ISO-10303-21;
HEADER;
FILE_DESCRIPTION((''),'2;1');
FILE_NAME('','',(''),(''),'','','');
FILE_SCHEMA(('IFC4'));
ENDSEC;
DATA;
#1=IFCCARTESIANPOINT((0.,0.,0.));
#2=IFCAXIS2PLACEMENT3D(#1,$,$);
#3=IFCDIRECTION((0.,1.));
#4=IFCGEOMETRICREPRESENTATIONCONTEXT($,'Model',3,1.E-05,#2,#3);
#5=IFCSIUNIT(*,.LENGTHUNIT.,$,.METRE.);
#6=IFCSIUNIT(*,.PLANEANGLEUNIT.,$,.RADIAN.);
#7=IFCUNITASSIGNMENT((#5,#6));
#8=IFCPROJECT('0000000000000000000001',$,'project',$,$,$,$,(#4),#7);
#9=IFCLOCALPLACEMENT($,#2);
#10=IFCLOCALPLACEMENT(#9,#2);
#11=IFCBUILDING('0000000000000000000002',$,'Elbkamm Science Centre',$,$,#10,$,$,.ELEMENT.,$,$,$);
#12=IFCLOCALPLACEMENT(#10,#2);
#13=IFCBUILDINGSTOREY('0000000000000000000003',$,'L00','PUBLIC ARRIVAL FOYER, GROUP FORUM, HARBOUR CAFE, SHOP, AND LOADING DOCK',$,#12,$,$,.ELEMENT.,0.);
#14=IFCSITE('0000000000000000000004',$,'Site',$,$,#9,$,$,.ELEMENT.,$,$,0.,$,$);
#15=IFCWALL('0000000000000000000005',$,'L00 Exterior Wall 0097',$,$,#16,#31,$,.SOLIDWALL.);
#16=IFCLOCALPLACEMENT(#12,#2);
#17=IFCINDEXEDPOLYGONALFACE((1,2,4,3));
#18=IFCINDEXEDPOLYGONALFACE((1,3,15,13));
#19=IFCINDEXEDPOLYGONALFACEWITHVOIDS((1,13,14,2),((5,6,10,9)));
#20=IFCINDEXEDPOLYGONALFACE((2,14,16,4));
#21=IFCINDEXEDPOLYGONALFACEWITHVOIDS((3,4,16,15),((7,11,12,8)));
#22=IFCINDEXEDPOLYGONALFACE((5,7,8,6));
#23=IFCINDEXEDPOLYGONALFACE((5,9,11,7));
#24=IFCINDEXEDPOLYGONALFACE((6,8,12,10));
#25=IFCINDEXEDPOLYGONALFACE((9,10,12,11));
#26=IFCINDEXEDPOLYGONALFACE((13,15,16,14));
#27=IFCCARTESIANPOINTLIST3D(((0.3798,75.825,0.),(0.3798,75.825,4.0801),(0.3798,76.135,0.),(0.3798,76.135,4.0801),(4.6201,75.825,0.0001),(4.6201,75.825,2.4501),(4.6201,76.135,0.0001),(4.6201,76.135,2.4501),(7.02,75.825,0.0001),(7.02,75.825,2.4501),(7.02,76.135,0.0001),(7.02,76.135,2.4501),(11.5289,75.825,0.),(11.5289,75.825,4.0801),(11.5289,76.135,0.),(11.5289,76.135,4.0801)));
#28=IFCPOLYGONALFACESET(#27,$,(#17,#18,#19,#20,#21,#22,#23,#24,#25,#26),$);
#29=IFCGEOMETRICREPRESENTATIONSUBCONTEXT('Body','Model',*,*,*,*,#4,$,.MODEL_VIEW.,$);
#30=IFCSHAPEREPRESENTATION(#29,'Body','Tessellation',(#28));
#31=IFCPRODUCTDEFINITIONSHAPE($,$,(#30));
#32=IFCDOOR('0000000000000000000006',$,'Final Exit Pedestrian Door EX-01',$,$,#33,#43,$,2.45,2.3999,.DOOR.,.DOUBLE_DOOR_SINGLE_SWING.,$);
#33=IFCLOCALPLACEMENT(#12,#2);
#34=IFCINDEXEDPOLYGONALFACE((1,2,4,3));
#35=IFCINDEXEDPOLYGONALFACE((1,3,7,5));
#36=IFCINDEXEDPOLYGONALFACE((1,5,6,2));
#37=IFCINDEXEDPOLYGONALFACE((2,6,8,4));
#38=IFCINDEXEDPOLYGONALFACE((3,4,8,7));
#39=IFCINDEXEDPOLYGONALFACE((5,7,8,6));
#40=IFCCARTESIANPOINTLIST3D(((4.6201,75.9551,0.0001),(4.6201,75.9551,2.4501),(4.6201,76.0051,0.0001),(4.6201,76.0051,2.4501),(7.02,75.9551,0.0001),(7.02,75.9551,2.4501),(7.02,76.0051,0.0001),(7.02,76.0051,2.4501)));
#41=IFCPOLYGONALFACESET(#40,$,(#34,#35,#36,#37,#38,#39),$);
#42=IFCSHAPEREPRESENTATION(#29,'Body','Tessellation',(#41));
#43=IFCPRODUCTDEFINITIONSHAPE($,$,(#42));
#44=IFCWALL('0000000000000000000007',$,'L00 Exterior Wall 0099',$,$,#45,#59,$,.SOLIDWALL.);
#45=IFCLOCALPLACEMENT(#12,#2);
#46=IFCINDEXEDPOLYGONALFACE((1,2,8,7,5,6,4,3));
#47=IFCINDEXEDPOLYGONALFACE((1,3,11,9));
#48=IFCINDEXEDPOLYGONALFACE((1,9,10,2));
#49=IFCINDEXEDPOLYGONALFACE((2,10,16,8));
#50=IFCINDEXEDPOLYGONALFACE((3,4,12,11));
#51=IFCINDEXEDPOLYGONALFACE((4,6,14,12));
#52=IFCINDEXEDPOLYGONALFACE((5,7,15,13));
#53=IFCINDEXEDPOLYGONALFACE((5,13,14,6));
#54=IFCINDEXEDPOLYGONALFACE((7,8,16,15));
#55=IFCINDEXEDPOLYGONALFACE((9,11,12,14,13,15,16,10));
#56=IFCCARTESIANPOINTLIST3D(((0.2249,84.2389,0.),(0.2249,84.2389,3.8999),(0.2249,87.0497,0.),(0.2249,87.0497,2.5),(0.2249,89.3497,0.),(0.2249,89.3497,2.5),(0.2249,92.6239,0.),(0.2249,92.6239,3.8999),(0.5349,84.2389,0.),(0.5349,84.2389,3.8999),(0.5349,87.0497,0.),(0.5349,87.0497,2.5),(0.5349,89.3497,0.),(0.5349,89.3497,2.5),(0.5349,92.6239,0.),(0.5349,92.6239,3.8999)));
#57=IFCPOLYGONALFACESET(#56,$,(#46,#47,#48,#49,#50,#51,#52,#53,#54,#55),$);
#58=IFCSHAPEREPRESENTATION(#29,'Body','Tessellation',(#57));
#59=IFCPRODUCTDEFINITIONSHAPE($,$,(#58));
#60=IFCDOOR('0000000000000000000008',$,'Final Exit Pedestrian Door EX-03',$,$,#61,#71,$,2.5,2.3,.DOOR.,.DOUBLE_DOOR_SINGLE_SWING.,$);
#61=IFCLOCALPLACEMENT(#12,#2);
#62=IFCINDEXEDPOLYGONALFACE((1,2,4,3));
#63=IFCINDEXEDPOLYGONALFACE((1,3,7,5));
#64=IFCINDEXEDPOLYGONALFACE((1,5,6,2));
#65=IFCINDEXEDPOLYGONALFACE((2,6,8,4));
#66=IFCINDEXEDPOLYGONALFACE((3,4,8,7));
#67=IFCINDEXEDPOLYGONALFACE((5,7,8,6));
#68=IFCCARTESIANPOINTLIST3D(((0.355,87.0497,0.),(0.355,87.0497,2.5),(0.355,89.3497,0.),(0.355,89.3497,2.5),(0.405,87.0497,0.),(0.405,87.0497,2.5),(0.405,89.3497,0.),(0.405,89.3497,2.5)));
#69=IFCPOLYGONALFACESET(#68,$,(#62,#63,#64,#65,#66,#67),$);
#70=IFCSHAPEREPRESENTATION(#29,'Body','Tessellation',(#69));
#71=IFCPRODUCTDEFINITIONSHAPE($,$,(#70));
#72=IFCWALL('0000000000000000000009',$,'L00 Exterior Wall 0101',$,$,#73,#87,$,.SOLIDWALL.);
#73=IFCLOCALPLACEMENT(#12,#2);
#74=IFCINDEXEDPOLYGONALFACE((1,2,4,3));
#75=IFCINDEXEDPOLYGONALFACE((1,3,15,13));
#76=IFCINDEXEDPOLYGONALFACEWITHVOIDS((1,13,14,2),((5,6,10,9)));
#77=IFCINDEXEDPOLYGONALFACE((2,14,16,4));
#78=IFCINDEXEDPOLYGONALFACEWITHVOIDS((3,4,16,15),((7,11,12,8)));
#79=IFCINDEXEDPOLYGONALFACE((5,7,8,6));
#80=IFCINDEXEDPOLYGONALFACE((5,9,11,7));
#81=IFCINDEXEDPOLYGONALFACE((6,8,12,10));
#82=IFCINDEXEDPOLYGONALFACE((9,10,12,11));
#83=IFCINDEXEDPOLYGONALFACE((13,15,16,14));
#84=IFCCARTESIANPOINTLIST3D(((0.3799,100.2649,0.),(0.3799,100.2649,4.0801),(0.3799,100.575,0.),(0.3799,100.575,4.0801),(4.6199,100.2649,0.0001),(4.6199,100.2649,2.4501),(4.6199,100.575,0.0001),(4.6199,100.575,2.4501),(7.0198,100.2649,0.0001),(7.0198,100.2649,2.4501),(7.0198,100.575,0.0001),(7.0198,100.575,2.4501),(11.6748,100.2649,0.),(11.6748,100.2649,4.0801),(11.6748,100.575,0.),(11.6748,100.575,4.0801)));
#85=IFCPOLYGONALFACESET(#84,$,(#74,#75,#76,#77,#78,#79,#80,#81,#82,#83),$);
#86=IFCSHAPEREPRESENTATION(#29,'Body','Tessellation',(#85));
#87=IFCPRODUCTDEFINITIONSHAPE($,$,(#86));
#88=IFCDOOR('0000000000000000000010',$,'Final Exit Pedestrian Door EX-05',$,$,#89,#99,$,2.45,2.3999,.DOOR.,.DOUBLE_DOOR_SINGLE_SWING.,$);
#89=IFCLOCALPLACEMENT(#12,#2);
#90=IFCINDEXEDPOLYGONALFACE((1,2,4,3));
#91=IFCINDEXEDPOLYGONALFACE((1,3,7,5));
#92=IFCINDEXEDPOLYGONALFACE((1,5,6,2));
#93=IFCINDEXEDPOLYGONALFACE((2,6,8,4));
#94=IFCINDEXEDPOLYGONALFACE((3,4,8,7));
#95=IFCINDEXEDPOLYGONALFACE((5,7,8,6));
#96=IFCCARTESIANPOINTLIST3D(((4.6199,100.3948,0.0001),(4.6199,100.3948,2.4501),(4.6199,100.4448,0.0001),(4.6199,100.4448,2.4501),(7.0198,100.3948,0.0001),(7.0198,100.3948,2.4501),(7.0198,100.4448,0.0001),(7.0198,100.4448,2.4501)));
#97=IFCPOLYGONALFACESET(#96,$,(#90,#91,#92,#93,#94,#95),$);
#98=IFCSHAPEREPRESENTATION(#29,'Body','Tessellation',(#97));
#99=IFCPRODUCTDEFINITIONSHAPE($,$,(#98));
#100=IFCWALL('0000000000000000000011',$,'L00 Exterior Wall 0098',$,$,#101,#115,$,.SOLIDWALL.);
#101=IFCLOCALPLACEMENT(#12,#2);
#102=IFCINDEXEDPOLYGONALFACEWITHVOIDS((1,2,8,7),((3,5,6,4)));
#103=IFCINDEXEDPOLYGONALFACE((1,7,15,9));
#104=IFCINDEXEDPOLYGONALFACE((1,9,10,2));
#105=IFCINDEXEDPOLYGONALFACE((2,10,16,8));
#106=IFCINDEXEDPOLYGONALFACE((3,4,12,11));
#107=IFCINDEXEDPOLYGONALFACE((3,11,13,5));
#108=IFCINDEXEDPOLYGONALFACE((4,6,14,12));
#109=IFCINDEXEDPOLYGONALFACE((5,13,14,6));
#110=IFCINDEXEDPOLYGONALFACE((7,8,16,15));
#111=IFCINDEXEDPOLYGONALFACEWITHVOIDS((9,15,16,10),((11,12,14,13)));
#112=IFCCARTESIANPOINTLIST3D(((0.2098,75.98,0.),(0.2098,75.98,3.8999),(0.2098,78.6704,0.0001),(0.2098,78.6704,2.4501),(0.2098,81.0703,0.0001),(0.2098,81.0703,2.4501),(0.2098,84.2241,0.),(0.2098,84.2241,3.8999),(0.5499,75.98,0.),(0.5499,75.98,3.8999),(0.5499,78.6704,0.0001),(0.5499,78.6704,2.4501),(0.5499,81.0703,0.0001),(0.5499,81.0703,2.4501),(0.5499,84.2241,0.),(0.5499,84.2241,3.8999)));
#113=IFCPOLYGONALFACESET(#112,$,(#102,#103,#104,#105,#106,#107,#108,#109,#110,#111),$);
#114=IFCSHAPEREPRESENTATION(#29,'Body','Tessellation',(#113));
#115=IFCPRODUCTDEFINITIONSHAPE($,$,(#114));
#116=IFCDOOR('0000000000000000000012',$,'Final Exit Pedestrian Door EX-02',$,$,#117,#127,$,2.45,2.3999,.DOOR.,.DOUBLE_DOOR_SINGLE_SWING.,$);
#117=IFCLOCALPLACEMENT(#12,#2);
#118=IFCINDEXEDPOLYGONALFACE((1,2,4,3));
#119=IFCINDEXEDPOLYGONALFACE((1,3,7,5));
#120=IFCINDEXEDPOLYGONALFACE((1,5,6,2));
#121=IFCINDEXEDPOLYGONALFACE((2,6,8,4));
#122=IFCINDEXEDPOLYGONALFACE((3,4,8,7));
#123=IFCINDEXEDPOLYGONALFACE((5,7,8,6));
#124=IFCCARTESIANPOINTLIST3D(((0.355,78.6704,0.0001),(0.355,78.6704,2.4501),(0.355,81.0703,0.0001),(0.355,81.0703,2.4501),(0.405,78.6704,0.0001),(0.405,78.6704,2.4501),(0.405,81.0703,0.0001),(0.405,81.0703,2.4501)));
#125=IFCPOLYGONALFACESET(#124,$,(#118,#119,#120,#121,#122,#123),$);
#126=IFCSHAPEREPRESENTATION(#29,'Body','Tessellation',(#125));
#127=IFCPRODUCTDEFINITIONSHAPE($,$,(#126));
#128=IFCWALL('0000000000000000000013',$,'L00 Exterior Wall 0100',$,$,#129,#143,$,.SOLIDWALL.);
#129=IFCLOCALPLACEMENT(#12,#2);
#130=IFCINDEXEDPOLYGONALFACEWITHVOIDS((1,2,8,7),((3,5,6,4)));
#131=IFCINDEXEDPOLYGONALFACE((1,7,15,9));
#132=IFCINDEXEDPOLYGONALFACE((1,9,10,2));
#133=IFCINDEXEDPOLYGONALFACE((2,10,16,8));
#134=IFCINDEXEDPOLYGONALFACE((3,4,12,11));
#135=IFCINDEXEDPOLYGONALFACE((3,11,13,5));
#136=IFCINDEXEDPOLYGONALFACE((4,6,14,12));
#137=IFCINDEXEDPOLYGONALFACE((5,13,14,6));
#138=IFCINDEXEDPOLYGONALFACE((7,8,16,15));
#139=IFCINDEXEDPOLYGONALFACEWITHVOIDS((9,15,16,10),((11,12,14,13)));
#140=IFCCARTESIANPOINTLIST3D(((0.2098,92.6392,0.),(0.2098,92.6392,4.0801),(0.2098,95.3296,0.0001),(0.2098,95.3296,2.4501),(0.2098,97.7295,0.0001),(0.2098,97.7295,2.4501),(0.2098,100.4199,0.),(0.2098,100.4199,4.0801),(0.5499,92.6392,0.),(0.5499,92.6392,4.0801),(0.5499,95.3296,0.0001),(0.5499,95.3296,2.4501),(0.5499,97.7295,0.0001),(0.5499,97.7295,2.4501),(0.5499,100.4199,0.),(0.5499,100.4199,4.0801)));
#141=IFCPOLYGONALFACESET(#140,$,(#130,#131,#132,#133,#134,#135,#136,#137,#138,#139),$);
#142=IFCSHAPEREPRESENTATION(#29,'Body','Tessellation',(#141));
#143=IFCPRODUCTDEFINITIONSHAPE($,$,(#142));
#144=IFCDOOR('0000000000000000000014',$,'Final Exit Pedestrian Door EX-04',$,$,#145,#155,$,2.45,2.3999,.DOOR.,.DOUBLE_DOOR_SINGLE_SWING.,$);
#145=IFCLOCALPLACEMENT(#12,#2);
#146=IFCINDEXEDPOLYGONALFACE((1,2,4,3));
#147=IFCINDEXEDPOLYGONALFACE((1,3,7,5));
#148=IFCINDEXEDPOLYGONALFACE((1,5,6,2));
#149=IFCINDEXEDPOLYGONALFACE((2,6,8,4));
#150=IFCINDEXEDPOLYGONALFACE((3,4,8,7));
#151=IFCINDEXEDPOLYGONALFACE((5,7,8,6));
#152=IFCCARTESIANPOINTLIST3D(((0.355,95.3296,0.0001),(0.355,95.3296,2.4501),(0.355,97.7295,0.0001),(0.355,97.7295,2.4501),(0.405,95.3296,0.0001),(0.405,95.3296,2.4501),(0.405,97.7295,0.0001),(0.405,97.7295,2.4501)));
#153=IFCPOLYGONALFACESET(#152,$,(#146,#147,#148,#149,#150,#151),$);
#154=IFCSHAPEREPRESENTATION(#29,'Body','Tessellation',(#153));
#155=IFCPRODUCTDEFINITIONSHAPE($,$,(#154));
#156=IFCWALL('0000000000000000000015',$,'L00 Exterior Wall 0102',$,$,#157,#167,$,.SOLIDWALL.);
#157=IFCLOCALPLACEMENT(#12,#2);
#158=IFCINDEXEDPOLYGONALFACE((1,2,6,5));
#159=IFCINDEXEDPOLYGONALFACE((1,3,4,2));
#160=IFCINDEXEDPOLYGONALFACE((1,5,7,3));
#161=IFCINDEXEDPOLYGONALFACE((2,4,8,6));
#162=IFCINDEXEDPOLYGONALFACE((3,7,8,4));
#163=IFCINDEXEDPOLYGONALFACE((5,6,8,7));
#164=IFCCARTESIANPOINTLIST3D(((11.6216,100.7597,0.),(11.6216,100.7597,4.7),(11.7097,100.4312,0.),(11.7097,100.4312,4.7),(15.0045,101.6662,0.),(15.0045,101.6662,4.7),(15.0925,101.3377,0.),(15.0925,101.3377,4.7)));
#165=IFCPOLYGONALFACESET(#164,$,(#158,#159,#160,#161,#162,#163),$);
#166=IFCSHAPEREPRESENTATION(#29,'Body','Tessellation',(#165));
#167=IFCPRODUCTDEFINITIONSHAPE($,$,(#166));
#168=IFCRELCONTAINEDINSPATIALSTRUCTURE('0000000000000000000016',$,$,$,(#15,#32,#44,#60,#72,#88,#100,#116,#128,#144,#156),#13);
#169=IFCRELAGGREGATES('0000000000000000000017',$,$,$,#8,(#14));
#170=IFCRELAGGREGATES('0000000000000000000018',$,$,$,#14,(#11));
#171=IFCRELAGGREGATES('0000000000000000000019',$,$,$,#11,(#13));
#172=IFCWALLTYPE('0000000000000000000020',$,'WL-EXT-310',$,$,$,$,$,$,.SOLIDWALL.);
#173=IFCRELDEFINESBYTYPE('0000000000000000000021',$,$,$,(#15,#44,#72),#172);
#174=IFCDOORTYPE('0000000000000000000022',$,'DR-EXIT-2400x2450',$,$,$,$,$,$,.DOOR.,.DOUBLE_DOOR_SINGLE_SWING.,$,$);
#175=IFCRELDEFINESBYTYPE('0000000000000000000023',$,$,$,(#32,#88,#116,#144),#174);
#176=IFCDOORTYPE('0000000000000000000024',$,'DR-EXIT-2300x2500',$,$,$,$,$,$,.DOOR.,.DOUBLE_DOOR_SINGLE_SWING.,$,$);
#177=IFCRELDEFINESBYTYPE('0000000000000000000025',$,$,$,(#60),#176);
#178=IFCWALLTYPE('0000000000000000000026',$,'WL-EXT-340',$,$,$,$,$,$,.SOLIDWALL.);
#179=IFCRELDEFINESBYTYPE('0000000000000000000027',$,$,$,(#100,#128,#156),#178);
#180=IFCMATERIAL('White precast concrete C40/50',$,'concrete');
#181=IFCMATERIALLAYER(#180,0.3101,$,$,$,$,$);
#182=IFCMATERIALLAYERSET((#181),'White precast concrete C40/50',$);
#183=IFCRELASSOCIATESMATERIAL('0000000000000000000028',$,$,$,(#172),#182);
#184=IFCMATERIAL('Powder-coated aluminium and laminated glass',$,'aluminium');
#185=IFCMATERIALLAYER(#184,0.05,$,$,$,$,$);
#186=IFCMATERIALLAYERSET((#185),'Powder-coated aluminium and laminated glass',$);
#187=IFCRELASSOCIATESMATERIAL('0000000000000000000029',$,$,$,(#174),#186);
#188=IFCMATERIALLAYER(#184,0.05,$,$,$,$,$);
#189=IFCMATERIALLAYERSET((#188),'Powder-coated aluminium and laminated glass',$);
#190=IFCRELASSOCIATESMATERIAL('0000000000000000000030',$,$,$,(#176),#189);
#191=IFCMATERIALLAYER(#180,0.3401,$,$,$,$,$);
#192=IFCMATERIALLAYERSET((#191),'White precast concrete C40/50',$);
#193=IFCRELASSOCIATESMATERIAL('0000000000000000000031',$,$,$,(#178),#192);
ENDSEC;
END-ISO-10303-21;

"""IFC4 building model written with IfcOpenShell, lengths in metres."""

from ifc_helpers import new_model, si_unit, direction, frame, frame_2d, origin, place, context, subcontext, project, spatial, rectangle, extrude, material, layer, layer_set, type_object, element, fill, save


model = new_model("IFC4")

# Units and contexts
model_context = context("Model", 3, precision=1e-05, world=origin(), true_north=direction((0.0, 1.0)))
body_context = subcontext(model_context, "Body", "Model", "MODEL_VIEW")
ifc_project = project(units=[si_unit("LENGTHUNIT", "METRE"), si_unit("PLANEANGLEUNIT", "RADIAN")], contexts=[model_context])

# Site, building, storey
site_placement = place(None, origin())
site = spatial("IfcSite", under=ifc_project, at=site_placement, Name="Site", CompositionType="ELEMENT", RefElevation=0.0)
building_placement = place(site_placement, origin())
building = spatial("IfcBuilding", under=site, at=building_placement, Name="Elbkamm Science Centre", CompositionType="ELEMENT")
storey_placement = place(building_placement, origin())
storey = spatial("IfcBuildingStorey", under=building, at=storey_placement, Name="L00", Description="PUBLIC ARRIVAL FOYER, GROUP FORUM, HARBOUR CAFE, SHOP, AND LOADING DOCK", CompositionType="ELEMENT", Elevation=0.0)

# Walls, openings, doors
ifc_material_1 = material(Name="White precast concrete C40/50", Category="concrete")
ifc_layer_1 = layer(ifc_material_1, 0.3101)
ifc_layer_set_1 = layer_set([ifc_layer_1], Name="White precast concrete C40/50")
wall_type_1 = type_object("IfcWallType", Name="WL-EXT-310", PredefinedType="SOLIDWALL", material=ifc_layer_set_1)
wall_1_placement = place(storey_placement, frame((11.5291, 75.98, 0.0), z_axis=(0.0, 0.0, 1.0), x_axis=(-1.0, 0.0, 0.0)))
wall_1 = element("IfcWall", 1, at=wall_1_placement, inside=storey, type_object=wall_type_1, Name="L00 Exterior Wall 0097", PredefinedType="SOLIDWALL", context=body_context, shape_type="SweptSolid", body=[
    extrude(rectangle(XDim=11.1492, YDim=0.3101, at=frame_2d((5.5747, 0.0))), origin(), (0.0, 0.0, 1.0), 4.0801),
])
opening_1_placement = place(wall_1_placement, frame((4.509, 0.0, 0.0)))
opening_1 = element("IfcOpeningElement", 2, at=opening_1_placement, cuts=wall_1, PredefinedType="OPENING", context=body_context, shape_type="SweptSolid", body=[
    extrude(rectangle(XDim=2.3999, YDim=2.45, at=frame_2d((1.2, 1.2251))), frame((0.0, 0.167, 0.0), z_axis=(0.0, -1.0, 0.0), x_axis=(1.0, 0.0, 0.0)), (0.0, 0.0, 1.0), 0.334),
])
ifc_material_2 = material(Name="Powder-coated aluminium and laminated glass", Category="aluminium")
ifc_layer_2 = layer(ifc_material_2, 0.05)
ifc_layer_set_2 = layer_set([ifc_layer_2], Name="Powder-coated aluminium and laminated glass")
door_type_1 = type_object("IfcDoorType", Name="DR-EXIT-2400x2450", OperationType="DOUBLE_DOOR_SINGLE_SWING", PredefinedType="DOOR", material=ifc_layer_set_2)
door_1_placement = place(opening_1_placement, origin())
door_1 = element("IfcDoor", 3, at=door_1_placement, inside=storey, type_object=door_type_1, Name="Final Exit Pedestrian Door EX-01", OperationType="DOUBLE_DOOR_SINGLE_SWING", OverallHeight=2.45, OverallWidth=2.3999, PredefinedType="DOOR", context=body_context, shape_type="SweptSolid", body=[
    extrude(rectangle(XDim=2.3999, YDim=2.45, at=frame_2d((1.2, 1.2251))), frame((0.0, 0.0249, 0.0), z_axis=(0.0, -1.0, 0.0), x_axis=(1.0, 0.0, 0.0)), (0.0, 0.0, 1.0), 0.05),
])
fill(opening_1, door_1)
wall_2_placement = place(storey_placement, frame((0.3799, 84.239, 0.0), z_axis=(0.0, 0.0, 1.0), x_axis=(0.0, 1.0, 0.0)))
wall_2 = element("IfcWall", 4, at=wall_2_placement, inside=storey, type_object=wall_type_1, Name="L00 Exterior Wall 0099", PredefinedType="SOLIDWALL", context=body_context, shape_type="SweptSolid", body=[
    extrude(rectangle(XDim=8.385, YDim=0.3101, at=frame_2d((4.1924, 0.0))), origin(), (0.0, 0.0, 1.0), 3.8999),
])
opening_2_placement = place(wall_2_placement, frame((2.8108, 0.0, 0.0)))
opening_2 = element("IfcOpeningElement", 5, at=opening_2_placement, cuts=wall_2, PredefinedType="OPENING", context=body_context, shape_type="SweptSolid", body=[
    extrude(rectangle(XDim=2.3, YDim=2.5, at=frame_2d((1.1499, 1.25))), frame((0.0, 0.167, 0.0), z_axis=(0.0, -1.0, 0.0), x_axis=(1.0, 0.0, 0.0)), (0.0, 0.0, 1.0), 0.334),
])
ifc_layer_3 = layer(ifc_material_2, 0.05)
ifc_layer_set_3 = layer_set([ifc_layer_3], Name="Powder-coated aluminium and laminated glass")
door_type_2 = type_object("IfcDoorType", Name="DR-EXIT-2300x2500", OperationType="DOUBLE_DOOR_SINGLE_SWING", PredefinedType="DOOR", material=ifc_layer_set_3)
door_2_placement = place(opening_2_placement, origin())
door_2 = element("IfcDoor", 6, at=door_2_placement, inside=storey, type_object=door_type_2, Name="Final Exit Pedestrian Door EX-03", OperationType="DOUBLE_DOOR_SINGLE_SWING", OverallHeight=2.5, OverallWidth=2.3, PredefinedType="DOOR", context=body_context, shape_type="SweptSolid", body=[
    extrude(rectangle(XDim=2.3, YDim=2.5, at=frame_2d((1.1499, 1.25))), frame((0.0, 0.0249, 0.0), z_axis=(0.0, -1.0, 0.0), x_axis=(1.0, 0.0, 0.0)), (0.0, 0.0, 1.0), 0.05),
])
fill(opening_2, door_2)
wall_3_placement = place(storey_placement, frame((0.3799, 100.4199, 0.0), z_axis=(0.0, 0.0, 1.0), x_axis=(1.0, 0.0, 0.0)))
wall_3 = element("IfcWall", 7, at=wall_3_placement, inside=storey, type_object=wall_type_1, Name="L00 Exterior Wall 0101", PredefinedType="SOLIDWALL", context=body_context, shape_type="SweptSolid", body=[
    extrude(rectangle(XDim=11.2949, YDim=0.3101, at=frame_2d((5.6475, 0.0))), origin(), (0.0, 0.0, 1.0), 4.0801),
])
opening_3_placement = place(wall_3_placement, frame((4.24, 0.0, 0.0)))
opening_3 = element("IfcOpeningElement", 8, at=opening_3_placement, cuts=wall_3, PredefinedType="OPENING", context=body_context, shape_type="SweptSolid", body=[
    extrude(rectangle(XDim=2.3999, YDim=2.45, at=frame_2d((1.2, 1.2251))), frame((0.0, 0.167, 0.0), z_axis=(0.0, -1.0, 0.0), x_axis=(1.0, 0.0, 0.0)), (0.0, 0.0, 1.0), 0.334),
])
door_3_placement = place(opening_3_placement, origin())
door_3 = element("IfcDoor", 9, at=door_3_placement, inside=storey, type_object=door_type_1, Name="Final Exit Pedestrian Door EX-05", OperationType="DOUBLE_DOOR_SINGLE_SWING", OverallHeight=2.45, OverallWidth=2.3999, PredefinedType="DOOR", context=body_context, shape_type="SweptSolid", body=[
    extrude(rectangle(XDim=2.3999, YDim=2.45, at=frame_2d((1.2, 1.2251))), frame((0.0, 0.0249, 0.0), z_axis=(0.0, -1.0, 0.0), x_axis=(1.0, 0.0, 0.0)), (0.0, 0.0, 1.0), 0.05),
])
fill(opening_3, door_3)
ifc_layer_4 = layer(ifc_material_1, 0.3401)
ifc_layer_set_4 = layer_set([ifc_layer_4], Name="White precast concrete C40/50")
wall_type_2 = type_object("IfcWallType", Name="WL-EXT-340", PredefinedType="SOLIDWALL", material=ifc_layer_set_4)
wall_4_placement = place(storey_placement, frame((0.3799, 75.98, 0.0), z_axis=(0.0, 0.0, 1.0), x_axis=(0.0, 1.0, 0.0)))
wall_4 = element("IfcWall", 10, at=wall_4_placement, inside=storey, type_object=wall_type_2, Name="L00 Exterior Wall 0098", PredefinedType="SOLIDWALL", context=body_context, shape_type="SweptSolid", body=[
    extrude(rectangle(XDim=8.2441, YDim=0.3401, at=frame_2d((4.1221, 0.0))), origin(), (0.0, 0.0, 1.0), 3.8999),
])
opening_4_placement = place(wall_4_placement, frame((2.6904, 0.0, 0.0)))
opening_4 = element("IfcOpeningElement", 11, at=opening_4_placement, cuts=wall_4, PredefinedType="OPENING", context=body_context, shape_type="SweptSolid", body=[
    extrude(rectangle(XDim=2.3999, YDim=2.45, at=frame_2d((1.2, 1.2251))), frame((0.0, 0.1821, 0.0), z_axis=(0.0, -1.0, 0.0), x_axis=(1.0, 0.0, 0.0)), (0.0, 0.0, 1.0), 0.364),
])
door_4_placement = place(opening_4_placement, origin())
door_4 = element("IfcDoor", 12, at=door_4_placement, inside=storey, type_object=door_type_1, Name="Final Exit Pedestrian Door EX-02", OperationType="DOUBLE_DOOR_SINGLE_SWING", OverallHeight=2.45, OverallWidth=2.3999, PredefinedType="DOOR", context=body_context, shape_type="SweptSolid", body=[
    extrude(rectangle(XDim=2.3999, YDim=2.45, at=frame_2d((1.2, 1.2251))), frame((0.0, 0.0249, 0.0), z_axis=(0.0, -1.0, 0.0), x_axis=(1.0, 0.0, 0.0)), (0.0, 0.0, 1.0), 0.05),
])
fill(opening_4, door_4)
wall_5_placement = place(storey_placement, frame((0.3799, 92.6392, 0.0), z_axis=(0.0, 0.0, 1.0), x_axis=(0.0, 1.0, 0.0)))
wall_5 = element("IfcWall", 13, at=wall_5_placement, inside=storey, type_object=wall_type_2, Name="L00 Exterior Wall 0100", PredefinedType="SOLIDWALL", context=body_context, shape_type="SweptSolid", body=[
    extrude(rectangle(XDim=7.7808, YDim=0.3401, at=frame_2d((3.8904, 0.0))), origin(), (0.0, 0.0, 1.0), 4.0801),
])
opening_5_placement = place(wall_5_placement, frame((2.6904, 0.0, 0.0)))
opening_5 = element("IfcOpeningElement", 14, at=opening_5_placement, cuts=wall_5, PredefinedType="OPENING", context=body_context, shape_type="SweptSolid", body=[
    extrude(rectangle(XDim=2.3999, YDim=2.45, at=frame_2d((1.2, 1.2251))), frame((0.0, 0.1821, 0.0), z_axis=(0.0, -1.0, 0.0), x_axis=(1.0, 0.0, 0.0)), (0.0, 0.0, 1.0), 0.364),
])
door_5_placement = place(opening_5_placement, origin())
door_5 = element("IfcDoor", 15, at=door_5_placement, inside=storey, type_object=door_type_1, Name="Final Exit Pedestrian Door EX-04", OperationType="DOUBLE_DOOR_SINGLE_SWING", OverallHeight=2.45, OverallWidth=2.3999, PredefinedType="DOOR", context=body_context, shape_type="SweptSolid", body=[
    extrude(rectangle(XDim=2.3999, YDim=2.45, at=frame_2d((1.2, 1.2251))), frame((0.0, 0.0249, 0.0), z_axis=(0.0, -1.0, 0.0), x_axis=(1.0, 0.0, 0.0)), (0.0, 0.0, 1.0), 0.05),
])
fill(opening_5, door_5)

# Wall
wall_6_placement = place(storey_placement, frame((11.6658, 100.5955, 0.0), z_axis=(0.0, 0.0, 1.0), x_axis=(0.965921, 0.258838, 0.0)))
element("IfcWall", 16, at=wall_6_placement, inside=storey, type_object=wall_type_2, Name="L00 Exterior Wall 0102", PredefinedType="SOLIDWALL", context=body_context, shape_type="SweptSolid", body=[
    extrude(rectangle(XDim=3.5022, YDim=0.3401, at=frame_2d((1.751, 0.0))), origin(), (0.0, 0.0, 1.0), 4.7),
])

save(model, "model.ifc")
